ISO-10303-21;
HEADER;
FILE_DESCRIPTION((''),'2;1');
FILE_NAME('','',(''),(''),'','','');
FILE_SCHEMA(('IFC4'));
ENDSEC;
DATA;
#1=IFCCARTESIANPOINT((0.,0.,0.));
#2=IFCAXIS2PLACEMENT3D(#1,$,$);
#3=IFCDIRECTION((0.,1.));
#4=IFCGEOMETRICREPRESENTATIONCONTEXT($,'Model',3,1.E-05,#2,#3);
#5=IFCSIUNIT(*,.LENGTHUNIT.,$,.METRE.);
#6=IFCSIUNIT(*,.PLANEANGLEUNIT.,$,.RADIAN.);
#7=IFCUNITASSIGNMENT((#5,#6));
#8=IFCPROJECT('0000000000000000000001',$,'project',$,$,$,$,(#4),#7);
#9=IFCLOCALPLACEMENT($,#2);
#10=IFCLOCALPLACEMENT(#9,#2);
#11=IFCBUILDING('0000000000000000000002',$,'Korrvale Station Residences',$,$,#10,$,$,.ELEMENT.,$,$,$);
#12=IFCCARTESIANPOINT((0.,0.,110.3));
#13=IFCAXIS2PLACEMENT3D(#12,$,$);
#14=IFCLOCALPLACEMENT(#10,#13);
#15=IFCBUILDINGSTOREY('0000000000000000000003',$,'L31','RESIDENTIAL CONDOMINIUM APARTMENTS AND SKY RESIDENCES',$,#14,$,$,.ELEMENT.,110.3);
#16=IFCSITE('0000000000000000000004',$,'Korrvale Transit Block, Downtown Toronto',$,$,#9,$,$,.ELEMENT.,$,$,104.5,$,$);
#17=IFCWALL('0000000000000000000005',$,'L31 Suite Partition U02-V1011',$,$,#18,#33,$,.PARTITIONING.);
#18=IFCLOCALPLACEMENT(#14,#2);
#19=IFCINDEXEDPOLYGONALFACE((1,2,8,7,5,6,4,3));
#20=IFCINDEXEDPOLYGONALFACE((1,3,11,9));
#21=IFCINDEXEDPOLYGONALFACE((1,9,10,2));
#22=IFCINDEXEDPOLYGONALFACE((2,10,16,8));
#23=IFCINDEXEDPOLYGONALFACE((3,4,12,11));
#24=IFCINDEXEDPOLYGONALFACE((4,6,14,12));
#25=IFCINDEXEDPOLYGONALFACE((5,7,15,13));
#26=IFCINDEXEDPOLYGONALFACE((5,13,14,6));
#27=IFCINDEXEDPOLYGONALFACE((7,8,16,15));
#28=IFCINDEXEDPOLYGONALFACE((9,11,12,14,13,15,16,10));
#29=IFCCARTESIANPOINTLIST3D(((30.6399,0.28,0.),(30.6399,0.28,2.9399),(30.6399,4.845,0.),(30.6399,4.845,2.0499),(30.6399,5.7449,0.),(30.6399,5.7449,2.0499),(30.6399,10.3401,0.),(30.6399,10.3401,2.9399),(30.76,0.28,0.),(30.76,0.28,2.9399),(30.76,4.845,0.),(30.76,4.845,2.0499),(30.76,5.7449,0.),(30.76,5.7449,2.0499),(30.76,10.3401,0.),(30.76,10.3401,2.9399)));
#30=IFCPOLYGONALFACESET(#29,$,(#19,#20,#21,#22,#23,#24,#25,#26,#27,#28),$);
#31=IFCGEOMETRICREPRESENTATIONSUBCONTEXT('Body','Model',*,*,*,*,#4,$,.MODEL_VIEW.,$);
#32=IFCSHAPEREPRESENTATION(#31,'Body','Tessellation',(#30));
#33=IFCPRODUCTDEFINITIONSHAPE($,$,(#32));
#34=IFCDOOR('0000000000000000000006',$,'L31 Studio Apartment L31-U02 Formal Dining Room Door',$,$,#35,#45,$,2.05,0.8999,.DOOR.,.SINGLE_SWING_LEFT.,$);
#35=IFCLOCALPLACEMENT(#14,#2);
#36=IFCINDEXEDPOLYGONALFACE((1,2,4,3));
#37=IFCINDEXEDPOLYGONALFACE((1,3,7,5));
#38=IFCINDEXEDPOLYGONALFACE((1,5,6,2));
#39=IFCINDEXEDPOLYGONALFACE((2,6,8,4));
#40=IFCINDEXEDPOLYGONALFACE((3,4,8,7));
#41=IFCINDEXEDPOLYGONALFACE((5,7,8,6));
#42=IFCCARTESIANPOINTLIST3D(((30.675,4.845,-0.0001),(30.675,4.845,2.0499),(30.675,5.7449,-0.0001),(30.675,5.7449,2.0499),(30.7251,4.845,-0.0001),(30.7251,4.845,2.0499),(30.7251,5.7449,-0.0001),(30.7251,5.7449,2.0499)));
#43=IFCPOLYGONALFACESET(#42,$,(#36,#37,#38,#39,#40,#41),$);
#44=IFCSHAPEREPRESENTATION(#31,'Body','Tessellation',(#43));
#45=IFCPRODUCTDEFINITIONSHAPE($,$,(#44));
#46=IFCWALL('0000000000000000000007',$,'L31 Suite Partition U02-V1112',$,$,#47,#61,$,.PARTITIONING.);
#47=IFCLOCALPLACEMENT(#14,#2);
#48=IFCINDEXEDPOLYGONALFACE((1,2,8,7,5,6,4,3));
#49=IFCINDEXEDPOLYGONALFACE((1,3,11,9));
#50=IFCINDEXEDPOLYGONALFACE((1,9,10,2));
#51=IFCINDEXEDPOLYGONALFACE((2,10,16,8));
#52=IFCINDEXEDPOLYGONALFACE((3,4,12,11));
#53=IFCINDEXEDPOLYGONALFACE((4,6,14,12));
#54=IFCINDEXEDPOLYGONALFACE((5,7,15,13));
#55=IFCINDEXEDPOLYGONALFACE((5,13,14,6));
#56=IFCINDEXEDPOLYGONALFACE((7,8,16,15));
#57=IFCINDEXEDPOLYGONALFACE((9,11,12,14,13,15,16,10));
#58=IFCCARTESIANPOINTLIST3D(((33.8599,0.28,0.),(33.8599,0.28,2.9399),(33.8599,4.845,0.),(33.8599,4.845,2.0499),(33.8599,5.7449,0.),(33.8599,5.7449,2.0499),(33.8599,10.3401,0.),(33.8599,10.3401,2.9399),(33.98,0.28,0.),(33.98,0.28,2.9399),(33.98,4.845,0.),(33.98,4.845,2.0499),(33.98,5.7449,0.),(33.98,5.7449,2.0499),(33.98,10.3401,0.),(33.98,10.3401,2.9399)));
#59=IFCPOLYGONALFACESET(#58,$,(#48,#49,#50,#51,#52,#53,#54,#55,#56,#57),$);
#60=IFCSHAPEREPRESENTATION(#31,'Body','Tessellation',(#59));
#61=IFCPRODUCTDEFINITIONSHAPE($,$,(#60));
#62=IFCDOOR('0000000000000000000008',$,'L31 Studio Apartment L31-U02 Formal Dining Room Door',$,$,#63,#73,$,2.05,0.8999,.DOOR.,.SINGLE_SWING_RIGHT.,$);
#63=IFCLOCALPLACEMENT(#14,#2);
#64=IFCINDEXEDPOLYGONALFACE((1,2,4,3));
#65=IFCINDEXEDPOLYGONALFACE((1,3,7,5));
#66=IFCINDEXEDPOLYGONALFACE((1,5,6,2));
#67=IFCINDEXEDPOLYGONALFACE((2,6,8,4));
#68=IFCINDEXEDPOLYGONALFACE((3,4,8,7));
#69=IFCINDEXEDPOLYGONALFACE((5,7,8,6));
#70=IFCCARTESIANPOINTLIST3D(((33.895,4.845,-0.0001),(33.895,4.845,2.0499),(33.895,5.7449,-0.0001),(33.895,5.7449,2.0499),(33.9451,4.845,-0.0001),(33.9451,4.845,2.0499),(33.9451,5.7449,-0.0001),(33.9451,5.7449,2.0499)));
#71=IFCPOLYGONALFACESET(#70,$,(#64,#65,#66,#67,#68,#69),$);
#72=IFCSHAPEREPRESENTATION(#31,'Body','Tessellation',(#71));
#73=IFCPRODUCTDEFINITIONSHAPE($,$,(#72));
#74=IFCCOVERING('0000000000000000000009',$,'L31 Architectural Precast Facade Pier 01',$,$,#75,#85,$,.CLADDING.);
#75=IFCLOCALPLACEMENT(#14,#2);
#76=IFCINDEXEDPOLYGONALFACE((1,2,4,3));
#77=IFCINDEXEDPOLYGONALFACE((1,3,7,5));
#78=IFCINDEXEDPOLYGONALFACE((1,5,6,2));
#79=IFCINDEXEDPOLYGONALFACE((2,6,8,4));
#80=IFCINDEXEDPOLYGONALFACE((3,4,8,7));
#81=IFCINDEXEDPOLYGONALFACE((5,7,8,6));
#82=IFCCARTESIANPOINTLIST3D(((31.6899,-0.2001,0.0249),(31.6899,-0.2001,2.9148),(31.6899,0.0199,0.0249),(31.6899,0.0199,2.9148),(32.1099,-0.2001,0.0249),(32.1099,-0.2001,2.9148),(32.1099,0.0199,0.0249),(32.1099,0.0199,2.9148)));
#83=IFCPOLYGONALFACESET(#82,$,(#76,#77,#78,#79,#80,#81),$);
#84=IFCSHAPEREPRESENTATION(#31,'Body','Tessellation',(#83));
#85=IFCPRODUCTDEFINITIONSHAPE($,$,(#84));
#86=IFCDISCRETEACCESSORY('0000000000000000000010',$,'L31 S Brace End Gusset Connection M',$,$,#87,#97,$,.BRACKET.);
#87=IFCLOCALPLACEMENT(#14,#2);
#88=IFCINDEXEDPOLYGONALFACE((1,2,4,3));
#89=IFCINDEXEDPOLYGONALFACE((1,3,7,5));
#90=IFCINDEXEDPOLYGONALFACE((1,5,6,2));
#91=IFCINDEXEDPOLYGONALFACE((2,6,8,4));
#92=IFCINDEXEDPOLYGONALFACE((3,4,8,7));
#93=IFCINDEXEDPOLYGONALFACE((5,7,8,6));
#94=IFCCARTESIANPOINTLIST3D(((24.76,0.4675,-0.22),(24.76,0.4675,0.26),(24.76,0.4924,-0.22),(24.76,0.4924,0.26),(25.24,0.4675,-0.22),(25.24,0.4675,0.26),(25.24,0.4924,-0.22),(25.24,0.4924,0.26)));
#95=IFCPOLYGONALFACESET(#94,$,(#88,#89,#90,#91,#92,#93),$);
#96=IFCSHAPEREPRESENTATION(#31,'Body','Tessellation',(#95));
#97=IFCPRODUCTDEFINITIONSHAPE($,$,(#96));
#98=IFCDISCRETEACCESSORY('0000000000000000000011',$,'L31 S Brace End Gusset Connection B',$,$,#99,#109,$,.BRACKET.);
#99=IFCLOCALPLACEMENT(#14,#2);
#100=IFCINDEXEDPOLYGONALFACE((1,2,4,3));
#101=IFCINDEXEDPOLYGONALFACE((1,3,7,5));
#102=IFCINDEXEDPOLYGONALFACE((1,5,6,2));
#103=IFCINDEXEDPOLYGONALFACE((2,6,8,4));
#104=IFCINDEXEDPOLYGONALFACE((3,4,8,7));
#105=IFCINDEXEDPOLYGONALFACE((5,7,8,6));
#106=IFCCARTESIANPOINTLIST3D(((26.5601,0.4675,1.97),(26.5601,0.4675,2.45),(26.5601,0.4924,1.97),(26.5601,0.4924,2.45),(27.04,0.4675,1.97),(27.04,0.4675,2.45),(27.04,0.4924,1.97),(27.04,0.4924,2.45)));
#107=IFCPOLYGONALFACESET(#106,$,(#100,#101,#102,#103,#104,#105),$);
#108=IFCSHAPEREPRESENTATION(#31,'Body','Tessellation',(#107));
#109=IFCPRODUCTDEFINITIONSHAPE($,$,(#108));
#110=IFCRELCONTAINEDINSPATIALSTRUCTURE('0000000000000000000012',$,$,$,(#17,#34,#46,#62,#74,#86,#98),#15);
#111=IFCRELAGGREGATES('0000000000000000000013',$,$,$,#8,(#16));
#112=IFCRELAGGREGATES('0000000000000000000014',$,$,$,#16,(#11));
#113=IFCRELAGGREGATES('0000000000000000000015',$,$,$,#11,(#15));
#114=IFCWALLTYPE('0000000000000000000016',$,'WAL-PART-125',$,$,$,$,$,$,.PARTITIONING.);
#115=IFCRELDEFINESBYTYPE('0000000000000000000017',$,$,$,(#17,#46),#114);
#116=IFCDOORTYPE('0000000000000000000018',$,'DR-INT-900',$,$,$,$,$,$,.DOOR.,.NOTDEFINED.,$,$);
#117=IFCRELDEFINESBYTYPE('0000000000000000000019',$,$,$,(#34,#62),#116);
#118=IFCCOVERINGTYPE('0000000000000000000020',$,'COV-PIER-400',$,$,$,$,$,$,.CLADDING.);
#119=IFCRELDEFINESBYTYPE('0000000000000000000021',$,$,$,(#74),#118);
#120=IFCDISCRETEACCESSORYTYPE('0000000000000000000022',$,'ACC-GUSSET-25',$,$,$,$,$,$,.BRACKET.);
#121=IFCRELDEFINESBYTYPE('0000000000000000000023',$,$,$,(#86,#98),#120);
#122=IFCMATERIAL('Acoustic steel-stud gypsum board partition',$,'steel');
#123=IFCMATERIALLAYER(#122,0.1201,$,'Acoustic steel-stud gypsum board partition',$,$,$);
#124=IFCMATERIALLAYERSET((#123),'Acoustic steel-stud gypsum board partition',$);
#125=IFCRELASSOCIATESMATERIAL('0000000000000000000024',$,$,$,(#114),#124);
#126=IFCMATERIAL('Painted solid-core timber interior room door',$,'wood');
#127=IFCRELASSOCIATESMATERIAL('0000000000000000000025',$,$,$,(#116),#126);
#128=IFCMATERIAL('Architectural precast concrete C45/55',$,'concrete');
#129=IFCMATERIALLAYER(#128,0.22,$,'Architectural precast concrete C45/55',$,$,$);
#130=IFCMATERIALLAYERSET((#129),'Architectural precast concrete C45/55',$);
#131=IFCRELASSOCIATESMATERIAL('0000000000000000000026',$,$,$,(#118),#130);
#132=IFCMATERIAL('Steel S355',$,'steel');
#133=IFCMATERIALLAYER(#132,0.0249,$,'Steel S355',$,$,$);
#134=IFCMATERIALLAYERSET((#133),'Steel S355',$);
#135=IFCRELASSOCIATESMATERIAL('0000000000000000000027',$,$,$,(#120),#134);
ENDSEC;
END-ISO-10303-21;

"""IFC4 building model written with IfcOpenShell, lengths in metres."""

from ifc_helpers import new_model, si_unit, direction, frame, frame_2d, origin, origin_2d, place, context, subcontext, project, spatial, rectangle, extrude, material, layer, layer_set, type_object, element, fill, save


model = new_model("IFC4")

# Units and contexts
model_context = context("Model", 3, precision=1e-05, world=origin(), true_north=direction((0.0, 1.0)))
body_context = subcontext(model_context, "Body", "Model", "MODEL_VIEW")
ifc_project = project(units=[si_unit("LENGTHUNIT", "METRE"), si_unit("PLANEANGLEUNIT", "RADIAN")], contexts=[model_context])

# Site, building, storey
site_placement = place(None, origin())
site = spatial("IfcSite", under=ifc_project, at=site_placement, Name="Korrvale Transit Block, Downtown Toronto", CompositionType="ELEMENT", RefElevation=104.5)
building_placement = place(site_placement, origin())
building = spatial("IfcBuilding", under=site, at=building_placement, Name="Korrvale Station Residences", CompositionType="ELEMENT")
storey_placement = place(building_placement, frame((0.0, 0.0, 110.3)))
storey = spatial("IfcBuildingStorey", under=building, at=storey_placement, Name="L31", Description="RESIDENTIAL CONDOMINIUM APARTMENTS AND SKY RESIDENCES", CompositionType="ELEMENT", Elevation=110.3)

# Shared definitions
ifc_material_1 = material(Name="Steel S355", Category="steel")

# Shared definitions
ifc_material_2 = material(Name="Acoustic steel-stud gypsum board partition", Category="steel")
ifc_layer_1 = layer(ifc_material_2, 0.1201, Name="Acoustic steel-stud gypsum board partition")
ifc_layer_set_1 = layer_set([ifc_layer_1], Name="Acoustic steel-stud gypsum board partition")
wall_type = type_object("IfcWallType", Name="WAL-PART-125", PredefinedType="PARTITIONING", material=ifc_layer_set_1)
ifc_material_3 = material(Name="Painted solid-core timber interior room door", Category="wood")
door_type = type_object("IfcDoorType", Name="DR-INT-900", OperationType="NOTDEFINED", PredefinedType="DOOR", material=ifc_material_3)

# Walls, openings, doors
wall_1_placement = place(storey_placement, frame((30.7, 0.28, 0.0), z_axis=(0.0, 0.0, 1.0), x_axis=(0.0, 1.0, 0.0)))
wall_1 = element("IfcWall", 1, at=wall_1_placement, inside=storey, type_object=wall_type, Name="L31 Suite Partition U02-V1011", PredefinedType="PARTITIONING", context=body_context, shape_type="SweptSolid", body=[
    extrude(rectangle(XDim=10.0601, YDim=0.1201, at=frame_2d((5.03, 0.0))), origin(), (0.0, 0.0, 1.0), 2.9399),
])
opening_1_placement = place(wall_1_placement, frame((4.5649, 0.0, 0.0)))
opening_1 = element("IfcOpeningElement", 2, at=opening_1_placement, cuts=wall_1, PredefinedType="OPENING", context=body_context, shape_type="SweptSolid", body=[
    extrude(rectangle(XDim=0.8999, YDim=2.05, at=frame_2d((0.45, 1.0249))), frame((0.0, 0.0701, 0.0), z_axis=(0.0, -1.0, 0.0), x_axis=(1.0, 0.0, 0.0)), (0.0, 0.0, 1.0), 0.1401),
])
door_1_placement = place(opening_1_placement, origin())
door_1 = element("IfcDoor", 3, at=door_1_placement, inside=storey, type_object=door_type, Name="L31 Studio Apartment L31-U02 Formal Dining Room Door", OperationType="SINGLE_SWING_LEFT", OverallHeight=2.05, OverallWidth=0.8999, PredefinedType="DOOR", context=body_context, shape_type="SweptSolid", body=[
    extrude(rectangle(XDim=0.8999, YDim=2.05, at=frame_2d((0.45, 1.0249))), frame((0.0, 0.0249, 0.0), z_axis=(0.0, -1.0, 0.0), x_axis=(1.0, 0.0, 0.0)), (0.0, 0.0, 1.0), 0.05),
])
fill(opening_1, door_1)
wall_2_placement = place(storey_placement, frame((33.9199, 0.28, 0.0), z_axis=(0.0, 0.0, 1.0), x_axis=(0.0, 1.0, 0.0)))
wall_2 = element("IfcWall", 4, at=wall_2_placement, inside=storey, type_object=wall_type, Name="L31 Suite Partition U02-V1112", PredefinedType="PARTITIONING", context=body_context, shape_type="SweptSolid", body=[
    extrude(rectangle(XDim=10.0601, YDim=0.1201, at=frame_2d((5.03, 0.0))), origin(), (0.0, 0.0, 1.0), 2.9399),
])
opening_2_placement = place(wall_2_placement, frame((4.5649, 0.0, 0.0)))
opening_2 = element("IfcOpeningElement", 5, at=opening_2_placement, cuts=wall_2, PredefinedType="OPENING", context=body_context, shape_type="SweptSolid", body=[
    extrude(rectangle(XDim=0.8999, YDim=2.05, at=frame_2d((0.45, 1.0249))), frame((0.0, 0.0701, 0.0), z_axis=(0.0, -1.0, 0.0), x_axis=(1.0, 0.0, 0.0)), (0.0, 0.0, 1.0), 0.1401),
])
door_2_placement = place(opening_2_placement, origin())
door_2 = element("IfcDoor", 6, at=door_2_placement, inside=storey, type_object=door_type, Name="L31 Studio Apartment L31-U02 Formal Dining Room Door", OperationType="SINGLE_SWING_RIGHT", OverallHeight=2.05, OverallWidth=0.8999, PredefinedType="DOOR", context=body_context, shape_type="SweptSolid", body=[
    extrude(rectangle(XDim=0.8999, YDim=2.05, at=frame_2d((0.45, 1.0249))), frame((0.0, 0.0249, 0.0), z_axis=(0.0, -1.0, 0.0), x_axis=(1.0, 0.0, 0.0)), (0.0, 0.0, 1.0), 0.05),
])
fill(opening_2, door_2)

# Covering
ifc_material_4 = material(Name="Architectural precast concrete C45/55", Category="concrete")
ifc_layer_2 = layer(ifc_material_4, 0.22, Name="Architectural precast concrete C45/55")
ifc_layer_set_2 = layer_set([ifc_layer_2], Name="Architectural precast concrete C45/55")
covering_type = type_object("IfcCoveringType", Name="COV-PIER-400", PredefinedType="CLADDING", material=ifc_layer_set_2)
covering_placement = place(storey_placement, frame((31.8999, -0.0901, 0.0249), z_axis=(0.0, 0.0, 1.0), x_axis=(1.0, 0.0, 0.0)))
element("IfcCovering", 7, at=covering_placement, inside=storey, type_object=covering_type, Name="L31 Architectural Precast Facade Pier 01", PredefinedType="CLADDING", context=body_context, shape_type="SweptSolid", body=[
    extrude(rectangle(XDim=0.4199, YDim=0.22, at=origin_2d()), origin(), (0.0, 0.0, 1.0), 2.8899),
])

# Discrete accessories
ifc_layer_3 = layer(ifc_material_1, 0.0249, Name="Steel S355")
ifc_layer_set_3 = layer_set([ifc_layer_3], Name="Steel S355")
discrete_accessory_type = type_object("IfcDiscreteAccessoryType", Name="ACC-GUSSET-25", PredefinedType="BRACKET", material=ifc_layer_set_3)
for number, where, z_axis, x_axis, name in (
    (8, (25.0, 0.48, -0.22), (0.0, 0.0, 1.0), (1.0, 0.0, 0.0), "L31 S Brace End Gusset Connection M"),
    (9, (26.8, 0.48, 1.97), (0.0, 0.0, 1.0), (1.0, 0.0, 0.0), "L31 S Brace End Gusset Connection B"),
):
    element("IfcDiscreteAccessory", number, at=place(storey_placement, frame(where, z_axis=z_axis, x_axis=x_axis)), inside=storey, type_object=discrete_accessory_type, Name=name, PredefinedType="BRACKET", context=body_context, shape_type="SweptSolid", body=[
        extrude(rectangle(XDim=0.48, YDim=0.0249, at=origin_2d()), origin(), (0.0, 0.0, 1.0), 0.48),
    ])

save(model, "model.ifc")
